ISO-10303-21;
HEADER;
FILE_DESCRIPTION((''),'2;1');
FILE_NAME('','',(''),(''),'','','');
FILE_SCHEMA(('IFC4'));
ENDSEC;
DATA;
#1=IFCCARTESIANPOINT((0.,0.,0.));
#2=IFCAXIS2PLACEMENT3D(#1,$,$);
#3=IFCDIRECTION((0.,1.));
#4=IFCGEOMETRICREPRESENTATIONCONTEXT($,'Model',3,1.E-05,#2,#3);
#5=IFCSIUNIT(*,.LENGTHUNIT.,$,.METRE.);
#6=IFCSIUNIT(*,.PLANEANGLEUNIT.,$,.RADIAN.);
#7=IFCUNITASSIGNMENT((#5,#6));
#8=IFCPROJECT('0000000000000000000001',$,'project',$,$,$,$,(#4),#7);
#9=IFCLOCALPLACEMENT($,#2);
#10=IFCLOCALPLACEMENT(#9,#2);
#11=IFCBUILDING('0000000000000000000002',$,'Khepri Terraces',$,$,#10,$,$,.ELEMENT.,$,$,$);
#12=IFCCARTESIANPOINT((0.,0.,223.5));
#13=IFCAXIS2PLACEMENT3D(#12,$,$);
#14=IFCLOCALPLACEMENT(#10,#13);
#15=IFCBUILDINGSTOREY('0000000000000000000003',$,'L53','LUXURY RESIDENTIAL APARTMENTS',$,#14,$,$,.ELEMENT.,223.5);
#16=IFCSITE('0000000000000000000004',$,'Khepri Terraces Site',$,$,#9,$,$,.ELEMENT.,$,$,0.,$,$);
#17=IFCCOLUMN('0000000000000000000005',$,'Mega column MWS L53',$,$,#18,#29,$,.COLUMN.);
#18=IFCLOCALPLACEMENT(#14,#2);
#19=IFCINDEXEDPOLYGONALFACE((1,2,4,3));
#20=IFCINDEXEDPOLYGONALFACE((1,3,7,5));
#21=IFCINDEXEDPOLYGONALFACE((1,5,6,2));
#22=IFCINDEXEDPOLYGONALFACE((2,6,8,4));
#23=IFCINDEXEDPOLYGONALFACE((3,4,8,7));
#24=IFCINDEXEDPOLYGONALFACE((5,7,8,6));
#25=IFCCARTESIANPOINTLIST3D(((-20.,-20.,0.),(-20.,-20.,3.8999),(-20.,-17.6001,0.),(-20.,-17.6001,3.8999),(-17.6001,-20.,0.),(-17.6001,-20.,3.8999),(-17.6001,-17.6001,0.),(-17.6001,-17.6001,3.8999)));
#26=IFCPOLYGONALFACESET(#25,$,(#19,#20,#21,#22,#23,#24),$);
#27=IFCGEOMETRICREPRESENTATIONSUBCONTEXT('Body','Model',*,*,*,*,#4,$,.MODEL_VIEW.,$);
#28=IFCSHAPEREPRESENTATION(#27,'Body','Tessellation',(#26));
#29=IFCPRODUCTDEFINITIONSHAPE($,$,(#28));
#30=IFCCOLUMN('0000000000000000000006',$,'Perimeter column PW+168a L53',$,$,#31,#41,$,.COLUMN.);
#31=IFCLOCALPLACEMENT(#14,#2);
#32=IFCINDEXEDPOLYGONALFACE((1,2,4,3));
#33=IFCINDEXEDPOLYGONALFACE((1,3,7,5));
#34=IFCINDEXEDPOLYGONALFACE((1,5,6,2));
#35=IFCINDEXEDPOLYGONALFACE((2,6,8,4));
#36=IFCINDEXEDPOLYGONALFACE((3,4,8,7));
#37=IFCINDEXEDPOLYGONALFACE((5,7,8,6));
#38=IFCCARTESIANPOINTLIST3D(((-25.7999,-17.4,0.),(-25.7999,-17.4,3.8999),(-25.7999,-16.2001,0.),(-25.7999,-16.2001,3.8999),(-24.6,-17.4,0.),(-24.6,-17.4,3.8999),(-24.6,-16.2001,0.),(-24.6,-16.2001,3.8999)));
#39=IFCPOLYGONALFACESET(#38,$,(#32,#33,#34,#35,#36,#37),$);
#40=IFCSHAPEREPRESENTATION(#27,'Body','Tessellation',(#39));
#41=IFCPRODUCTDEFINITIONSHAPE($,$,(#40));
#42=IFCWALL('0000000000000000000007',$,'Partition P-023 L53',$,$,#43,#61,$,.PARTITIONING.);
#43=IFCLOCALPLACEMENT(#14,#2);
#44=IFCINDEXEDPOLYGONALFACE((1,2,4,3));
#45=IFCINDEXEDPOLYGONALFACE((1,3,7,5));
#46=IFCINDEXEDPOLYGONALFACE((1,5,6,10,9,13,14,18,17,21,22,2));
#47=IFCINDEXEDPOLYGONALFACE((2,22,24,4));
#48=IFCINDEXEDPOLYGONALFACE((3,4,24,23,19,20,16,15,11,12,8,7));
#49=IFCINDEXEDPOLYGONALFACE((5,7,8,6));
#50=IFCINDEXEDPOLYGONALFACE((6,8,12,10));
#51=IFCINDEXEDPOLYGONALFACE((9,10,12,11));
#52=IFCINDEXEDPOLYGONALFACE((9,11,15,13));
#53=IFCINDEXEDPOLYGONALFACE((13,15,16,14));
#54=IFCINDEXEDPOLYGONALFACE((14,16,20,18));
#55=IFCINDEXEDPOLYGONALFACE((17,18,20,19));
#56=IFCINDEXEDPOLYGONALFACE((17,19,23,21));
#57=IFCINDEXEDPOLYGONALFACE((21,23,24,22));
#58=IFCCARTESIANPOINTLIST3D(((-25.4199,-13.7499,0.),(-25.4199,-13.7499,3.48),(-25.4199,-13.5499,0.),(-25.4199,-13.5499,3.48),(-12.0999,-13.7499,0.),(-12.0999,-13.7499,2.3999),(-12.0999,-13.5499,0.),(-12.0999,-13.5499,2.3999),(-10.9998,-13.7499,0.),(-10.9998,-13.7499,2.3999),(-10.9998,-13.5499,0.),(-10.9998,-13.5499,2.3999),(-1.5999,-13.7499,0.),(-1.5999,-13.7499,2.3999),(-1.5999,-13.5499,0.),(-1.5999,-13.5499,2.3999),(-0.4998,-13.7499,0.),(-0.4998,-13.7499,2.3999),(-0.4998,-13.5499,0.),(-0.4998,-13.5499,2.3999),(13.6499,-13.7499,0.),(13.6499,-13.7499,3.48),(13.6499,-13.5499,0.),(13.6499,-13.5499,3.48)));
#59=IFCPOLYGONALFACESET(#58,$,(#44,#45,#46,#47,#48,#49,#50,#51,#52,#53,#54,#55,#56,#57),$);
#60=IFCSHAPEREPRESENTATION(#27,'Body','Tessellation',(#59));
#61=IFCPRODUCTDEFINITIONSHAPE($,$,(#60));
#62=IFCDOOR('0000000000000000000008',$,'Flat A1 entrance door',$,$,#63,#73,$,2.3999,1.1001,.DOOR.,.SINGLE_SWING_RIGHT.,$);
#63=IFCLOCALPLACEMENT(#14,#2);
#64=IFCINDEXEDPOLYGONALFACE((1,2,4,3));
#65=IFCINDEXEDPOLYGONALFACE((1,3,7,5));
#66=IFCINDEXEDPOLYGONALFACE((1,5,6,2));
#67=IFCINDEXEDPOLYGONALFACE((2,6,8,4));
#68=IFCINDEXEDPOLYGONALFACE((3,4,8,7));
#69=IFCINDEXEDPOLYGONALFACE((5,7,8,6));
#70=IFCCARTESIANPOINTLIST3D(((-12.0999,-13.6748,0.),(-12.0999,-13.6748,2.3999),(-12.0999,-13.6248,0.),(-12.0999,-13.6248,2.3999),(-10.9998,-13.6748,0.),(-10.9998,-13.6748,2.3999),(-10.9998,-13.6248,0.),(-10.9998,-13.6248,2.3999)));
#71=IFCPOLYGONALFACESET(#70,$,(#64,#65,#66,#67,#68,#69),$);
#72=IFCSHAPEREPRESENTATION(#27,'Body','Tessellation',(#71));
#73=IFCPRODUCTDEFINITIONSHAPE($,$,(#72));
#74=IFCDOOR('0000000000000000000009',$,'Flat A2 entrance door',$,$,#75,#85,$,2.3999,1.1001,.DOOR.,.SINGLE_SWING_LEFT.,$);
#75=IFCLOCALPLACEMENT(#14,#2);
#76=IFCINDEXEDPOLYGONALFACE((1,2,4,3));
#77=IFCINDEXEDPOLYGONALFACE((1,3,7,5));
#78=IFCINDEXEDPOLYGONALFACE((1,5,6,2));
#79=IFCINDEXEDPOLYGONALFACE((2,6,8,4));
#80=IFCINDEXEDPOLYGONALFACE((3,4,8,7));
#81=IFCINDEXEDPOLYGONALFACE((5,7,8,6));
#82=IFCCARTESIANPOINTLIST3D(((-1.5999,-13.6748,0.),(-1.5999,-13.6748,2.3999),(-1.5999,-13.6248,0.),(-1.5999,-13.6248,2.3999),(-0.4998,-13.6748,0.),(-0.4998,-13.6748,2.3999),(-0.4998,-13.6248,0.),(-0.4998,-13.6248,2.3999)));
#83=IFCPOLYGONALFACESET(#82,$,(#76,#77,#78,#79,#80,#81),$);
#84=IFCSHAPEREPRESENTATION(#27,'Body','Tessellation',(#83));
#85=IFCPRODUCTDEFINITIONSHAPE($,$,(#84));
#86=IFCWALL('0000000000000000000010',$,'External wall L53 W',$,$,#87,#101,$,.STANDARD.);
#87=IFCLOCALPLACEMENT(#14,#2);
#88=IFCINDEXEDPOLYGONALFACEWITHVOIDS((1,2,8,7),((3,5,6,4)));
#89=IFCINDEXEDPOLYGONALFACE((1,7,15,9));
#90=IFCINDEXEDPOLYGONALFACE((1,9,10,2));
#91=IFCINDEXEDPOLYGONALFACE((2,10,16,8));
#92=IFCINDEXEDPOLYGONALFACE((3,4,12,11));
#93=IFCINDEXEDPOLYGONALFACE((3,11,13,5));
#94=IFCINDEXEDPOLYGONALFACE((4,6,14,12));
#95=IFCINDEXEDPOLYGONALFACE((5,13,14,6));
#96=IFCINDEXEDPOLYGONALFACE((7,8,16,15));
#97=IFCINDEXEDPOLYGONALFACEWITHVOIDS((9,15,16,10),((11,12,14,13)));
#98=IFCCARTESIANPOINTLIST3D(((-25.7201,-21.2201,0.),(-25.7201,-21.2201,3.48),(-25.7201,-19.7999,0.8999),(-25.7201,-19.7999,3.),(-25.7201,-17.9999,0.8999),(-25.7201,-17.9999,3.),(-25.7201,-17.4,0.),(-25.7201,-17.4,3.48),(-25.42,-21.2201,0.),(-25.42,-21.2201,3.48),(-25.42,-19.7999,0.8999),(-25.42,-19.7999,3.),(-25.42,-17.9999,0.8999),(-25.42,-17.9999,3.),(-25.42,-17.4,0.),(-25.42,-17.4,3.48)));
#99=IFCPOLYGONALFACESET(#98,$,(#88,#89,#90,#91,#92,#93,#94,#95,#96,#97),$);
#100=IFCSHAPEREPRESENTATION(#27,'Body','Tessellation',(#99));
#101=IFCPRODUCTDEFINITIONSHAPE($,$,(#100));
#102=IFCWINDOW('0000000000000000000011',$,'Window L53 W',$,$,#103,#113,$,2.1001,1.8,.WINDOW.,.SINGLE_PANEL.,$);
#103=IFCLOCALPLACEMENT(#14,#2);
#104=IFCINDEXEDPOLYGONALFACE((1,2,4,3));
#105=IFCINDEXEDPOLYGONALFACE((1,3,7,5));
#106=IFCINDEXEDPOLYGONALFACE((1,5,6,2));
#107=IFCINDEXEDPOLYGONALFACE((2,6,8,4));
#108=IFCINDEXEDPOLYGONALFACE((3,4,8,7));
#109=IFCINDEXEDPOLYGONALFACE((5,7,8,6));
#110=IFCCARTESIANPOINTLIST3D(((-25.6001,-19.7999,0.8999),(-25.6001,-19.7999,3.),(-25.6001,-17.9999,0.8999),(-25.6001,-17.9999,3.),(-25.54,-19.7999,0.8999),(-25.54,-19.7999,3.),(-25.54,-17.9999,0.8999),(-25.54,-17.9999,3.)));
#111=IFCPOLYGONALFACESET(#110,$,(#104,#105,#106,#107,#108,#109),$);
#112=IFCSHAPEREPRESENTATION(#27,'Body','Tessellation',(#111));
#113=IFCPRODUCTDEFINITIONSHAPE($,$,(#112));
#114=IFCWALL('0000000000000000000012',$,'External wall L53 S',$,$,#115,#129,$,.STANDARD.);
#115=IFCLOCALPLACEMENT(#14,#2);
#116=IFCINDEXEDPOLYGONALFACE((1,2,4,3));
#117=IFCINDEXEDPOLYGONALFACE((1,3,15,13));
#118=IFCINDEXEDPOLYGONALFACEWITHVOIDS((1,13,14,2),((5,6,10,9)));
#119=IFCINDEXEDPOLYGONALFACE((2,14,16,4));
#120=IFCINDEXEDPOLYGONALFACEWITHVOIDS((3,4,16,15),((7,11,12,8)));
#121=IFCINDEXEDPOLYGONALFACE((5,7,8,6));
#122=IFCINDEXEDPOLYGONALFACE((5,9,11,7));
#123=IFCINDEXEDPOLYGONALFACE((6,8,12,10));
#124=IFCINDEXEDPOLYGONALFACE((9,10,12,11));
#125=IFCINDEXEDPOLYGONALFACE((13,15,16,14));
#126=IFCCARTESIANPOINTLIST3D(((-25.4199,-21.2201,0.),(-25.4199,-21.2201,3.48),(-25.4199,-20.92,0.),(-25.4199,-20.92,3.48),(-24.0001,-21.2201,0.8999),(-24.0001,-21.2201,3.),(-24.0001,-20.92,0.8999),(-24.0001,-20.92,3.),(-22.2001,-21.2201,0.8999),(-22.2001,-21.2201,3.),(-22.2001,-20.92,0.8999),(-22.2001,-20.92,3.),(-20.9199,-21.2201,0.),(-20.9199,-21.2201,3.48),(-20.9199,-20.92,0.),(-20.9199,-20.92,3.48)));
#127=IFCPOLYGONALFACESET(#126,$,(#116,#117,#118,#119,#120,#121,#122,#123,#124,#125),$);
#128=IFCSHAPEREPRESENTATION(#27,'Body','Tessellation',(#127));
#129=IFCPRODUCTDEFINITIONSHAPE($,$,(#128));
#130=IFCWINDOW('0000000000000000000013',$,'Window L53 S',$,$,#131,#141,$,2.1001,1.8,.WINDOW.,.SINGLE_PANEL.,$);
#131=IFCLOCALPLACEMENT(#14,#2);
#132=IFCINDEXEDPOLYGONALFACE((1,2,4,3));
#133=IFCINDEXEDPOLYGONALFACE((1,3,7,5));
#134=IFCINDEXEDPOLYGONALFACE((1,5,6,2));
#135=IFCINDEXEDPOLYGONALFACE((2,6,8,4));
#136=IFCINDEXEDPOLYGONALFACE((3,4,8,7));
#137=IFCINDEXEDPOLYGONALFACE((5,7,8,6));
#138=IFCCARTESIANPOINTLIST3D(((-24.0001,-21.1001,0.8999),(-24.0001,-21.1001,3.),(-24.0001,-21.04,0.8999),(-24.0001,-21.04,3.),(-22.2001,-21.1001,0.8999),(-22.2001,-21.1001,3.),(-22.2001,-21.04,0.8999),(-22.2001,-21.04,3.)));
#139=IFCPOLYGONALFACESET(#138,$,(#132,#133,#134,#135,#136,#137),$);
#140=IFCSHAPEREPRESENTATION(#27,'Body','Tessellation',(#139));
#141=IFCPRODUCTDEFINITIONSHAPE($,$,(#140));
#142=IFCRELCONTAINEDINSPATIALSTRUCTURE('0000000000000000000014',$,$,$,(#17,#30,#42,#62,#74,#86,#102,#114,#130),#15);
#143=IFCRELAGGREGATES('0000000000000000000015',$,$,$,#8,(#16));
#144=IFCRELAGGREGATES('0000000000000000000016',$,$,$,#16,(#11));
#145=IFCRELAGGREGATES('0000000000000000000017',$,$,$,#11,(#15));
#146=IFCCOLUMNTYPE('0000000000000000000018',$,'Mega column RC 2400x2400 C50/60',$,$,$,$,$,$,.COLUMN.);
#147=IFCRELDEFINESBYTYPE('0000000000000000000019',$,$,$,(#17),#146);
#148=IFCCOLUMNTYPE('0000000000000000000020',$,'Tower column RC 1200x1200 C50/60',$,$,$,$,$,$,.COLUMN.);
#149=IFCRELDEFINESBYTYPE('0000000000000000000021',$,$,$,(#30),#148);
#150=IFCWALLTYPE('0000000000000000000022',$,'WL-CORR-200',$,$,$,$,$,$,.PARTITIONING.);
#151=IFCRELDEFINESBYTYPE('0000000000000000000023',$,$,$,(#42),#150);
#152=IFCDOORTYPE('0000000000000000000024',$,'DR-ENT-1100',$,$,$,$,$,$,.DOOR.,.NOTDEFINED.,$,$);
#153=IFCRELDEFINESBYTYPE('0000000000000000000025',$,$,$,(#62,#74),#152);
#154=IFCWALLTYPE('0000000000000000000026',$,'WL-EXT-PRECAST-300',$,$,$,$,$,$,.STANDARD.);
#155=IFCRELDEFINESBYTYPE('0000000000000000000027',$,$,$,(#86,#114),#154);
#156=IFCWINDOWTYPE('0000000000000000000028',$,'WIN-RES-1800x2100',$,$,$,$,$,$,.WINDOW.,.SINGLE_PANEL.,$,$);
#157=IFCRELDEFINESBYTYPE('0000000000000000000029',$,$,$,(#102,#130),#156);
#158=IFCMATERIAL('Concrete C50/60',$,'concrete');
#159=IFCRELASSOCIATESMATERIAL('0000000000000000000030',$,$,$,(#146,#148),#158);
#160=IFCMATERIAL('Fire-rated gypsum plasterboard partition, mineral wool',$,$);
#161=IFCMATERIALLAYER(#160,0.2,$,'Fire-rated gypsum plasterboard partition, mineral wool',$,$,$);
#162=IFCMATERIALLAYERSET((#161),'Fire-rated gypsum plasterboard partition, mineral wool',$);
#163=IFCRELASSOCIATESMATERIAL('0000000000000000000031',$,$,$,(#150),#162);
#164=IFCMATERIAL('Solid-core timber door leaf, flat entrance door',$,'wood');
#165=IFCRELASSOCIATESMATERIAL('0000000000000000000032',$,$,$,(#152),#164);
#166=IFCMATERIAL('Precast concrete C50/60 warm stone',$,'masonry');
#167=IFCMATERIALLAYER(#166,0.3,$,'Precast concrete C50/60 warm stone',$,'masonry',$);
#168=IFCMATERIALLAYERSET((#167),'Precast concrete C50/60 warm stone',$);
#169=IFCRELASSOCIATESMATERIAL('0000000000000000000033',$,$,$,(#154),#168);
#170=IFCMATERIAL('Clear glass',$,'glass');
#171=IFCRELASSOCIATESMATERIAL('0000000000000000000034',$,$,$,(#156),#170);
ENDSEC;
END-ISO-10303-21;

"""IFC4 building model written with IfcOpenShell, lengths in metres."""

from ifc_helpers import new_model, si_unit, direction, frame, frame_2d, origin, origin_2d, place, context, subcontext, project, spatial, rectangle, extrude, material, layer, layer_set, material_profile, profile_set, type_object, element, fill, save


model = new_model("IFC4")

# Units and contexts
model_context = context("Model", 3, precision=1e-05, world=origin(), true_north=direction((0.0, 1.0)))
body_context = subcontext(model_context, "Body", "Model", "MODEL_VIEW")
ifc_project = project(units=[si_unit("LENGTHUNIT", "METRE"), si_unit("PLANEANGLEUNIT", "RADIAN")], contexts=[model_context])

# Site, building, storey
site_placement = place(None, origin())
site = spatial("IfcSite", under=ifc_project, at=site_placement, Name="Khepri Terraces Site", CompositionType="ELEMENT", RefElevation=0.0)
building_placement = place(site_placement, origin())
building = spatial("IfcBuilding", under=site, at=building_placement, Name="Khepri Terraces", CompositionType="ELEMENT")
storey_placement = place(building_placement, frame((0.0, 0.0, 223.5)))
storey = spatial("IfcBuildingStorey", under=building, at=storey_placement, Name="L53", Description="LUXURY RESIDENTIAL APARTMENTS", CompositionType="ELEMENT", Elevation=223.5)

# Columns
ifc_material_1 = material(Name="Concrete C50/60", Category="concrete")
ifc_material_profile_1 = material_profile(ifc_material_1, rectangle(XDim=2.3999, YDim=2.3999, at=origin_2d()), Name="Concrete C50/60", Category="concrete")
ifc_profile_set_1 = profile_set([ifc_material_profile_1], Name="Concrete C50/60")
column_type_1 = type_object("IfcColumnType", Name="Mega column RC 2400x2400 C50/60", PredefinedType="COLUMN", material=ifc_profile_set_1)
column_1_placement = place(storey_placement, frame((-18.8, -18.8, 0.0), z_axis=(0.0, 0.0, 1.0), x_axis=(1.0, 0.0, 0.0)))
element("IfcColumn", 1, at=column_1_placement, inside=storey, type_object=column_type_1, Name="Mega column MWS L53", PredefinedType="COLUMN", context=body_context, shape_type="SweptSolid", body=[
    extrude(rectangle(XDim=2.3999, YDim=2.3999, at=origin_2d()), origin(), (0.0, 0.0, 1.0), 3.8999),
])
ifc_material_profile_2 = material_profile(ifc_material_1, rectangle(XDim=1.2, YDim=1.2, at=origin_2d()), Name="Concrete C50/60", Category="concrete")
ifc_profile_set_2 = profile_set([ifc_material_profile_2], Name="Concrete C50/60")
column_type_2 = type_object("IfcColumnType", Name="Tower column RC 1200x1200 C50/60", PredefinedType="COLUMN", material=ifc_profile_set_2)
column_2_placement = place(storey_placement, frame((-25.2, -16.8, 0.0), z_axis=(0.0, 0.0, 1.0), x_axis=(1.0, 0.0, 0.0)))
element("IfcColumn", 2, at=column_2_placement, inside=storey, type_object=column_type_2, Name="Perimeter column PW+168a L53", PredefinedType="COLUMN", context=body_context, shape_type="SweptSolid", body=[
    extrude(rectangle(XDim=1.2, YDim=1.2, at=origin_2d()), origin(), (0.0, 0.0, 1.0), 3.8999),
])

# Wall, openings, doors
ifc_material_2 = material(Name="Fire-rated gypsum plasterboard partition, mineral wool")
ifc_layer_1 = layer(ifc_material_2, 0.2, Name="Fire-rated gypsum plasterboard partition, mineral wool")
ifc_layer_set_1 = layer_set([ifc_layer_1], Name="Fire-rated gypsum plasterboard partition, mineral wool")
wall_type_1 = type_object("IfcWallType", Name="WL-CORR-200", PredefinedType="PARTITIONING", material=ifc_layer_set_1)
wall_1_placement = place(storey_placement, frame((-25.4199, -13.6499, 0.0), z_axis=(0.0, 0.0, 1.0), x_axis=(1.0, 0.0, 0.0)))
wall_1 = element("IfcWall", 3, at=wall_1_placement, inside=storey, type_object=wall_type_1, Name="Partition P-023 L53", PredefinedType="PARTITIONING", context=body_context, shape_type="SweptSolid", body=[
    extrude(rectangle(XDim=39.0698, YDim=0.2, at=frame_2d((19.5349, 0.0))), origin(), (0.0, 0.0, 1.0), 3.48),
])
opening_1_placement = place(wall_1_placement, frame((13.3201, 0.0, 0.0)))
opening_1 = element("IfcOpeningElement", 4, at=opening_1_placement, cuts=wall_1, PredefinedType="OPENING", context=body_context, shape_type="SweptSolid", body=[
    extrude(rectangle(XDim=1.1001, YDim=2.3999, at=frame_2d((0.55, 1.2))), frame((0.0, 0.1099, 0.0), z_axis=(0.0, -1.0, 0.0), x_axis=(1.0, 0.0, 0.0)), (0.0, 0.0, 1.0), 0.22),
])
opening_2_placement = place(wall_1_placement, frame((23.8201, 0.0, 0.0)))
opening_2 = element("IfcOpeningElement", 5, at=opening_2_placement, cuts=wall_1, PredefinedType="OPENING", context=body_context, shape_type="SweptSolid", body=[
    extrude(rectangle(XDim=1.1001, YDim=2.3999, at=frame_2d((0.55, 1.2))), frame((0.0, 0.1099, 0.0), z_axis=(0.0, -1.0, 0.0), x_axis=(1.0, 0.0, 0.0)), (0.0, 0.0, 1.0), 0.22),
])
ifc_material_3 = material(Name="Solid-core timber door leaf, flat entrance door", Category="wood")
door_type_1 = type_object("IfcDoorType", Name="DR-ENT-1100", OperationType="NOTDEFINED", PredefinedType="DOOR", material=ifc_material_3)
door_1_placement = place(opening_1_placement, frame((1.1001, 0.0, 0.0), z_axis=(0.0, 0.0, 1.0), x_axis=(-1.0, 0.0, 0.0)))
door_1 = element("IfcDoor", 6, at=door_1_placement, inside=storey, type_object=door_type_1, Name="Flat A1 entrance door", OperationType="SINGLE_SWING_RIGHT", OverallHeight=2.3999, OverallWidth=1.1001, PredefinedType="DOOR", context=body_context, shape_type="SweptSolid", body=[
    extrude(rectangle(XDim=1.1001, YDim=2.3999, at=frame_2d((0.55, 1.2))), frame((0.0, 0.0249, 0.0), z_axis=(0.0, -1.0, 0.0), x_axis=(1.0, 0.0, 0.0)), (0.0, 0.0, 1.0), 0.05),
])
fill(opening_1, door_1)
door_2_placement = place(opening_2_placement, frame((1.1001, 0.0, 0.0), z_axis=(0.0, 0.0, 1.0), x_axis=(-1.0, 0.0, 0.0)))
door_2 = element("IfcDoor", 7, at=door_2_placement, inside=storey, type_object=door_type_1, Name="Flat A2 entrance door", OperationType="SINGLE_SWING_LEFT", OverallHeight=2.3999, OverallWidth=1.1001, PredefinedType="DOOR", context=body_context, shape_type="SweptSolid", body=[
    extrude(rectangle(XDim=1.1001, YDim=2.3999, at=frame_2d((0.55, 1.2))), frame((0.0, 0.0249, 0.0), z_axis=(0.0, -1.0, 0.0), x_axis=(1.0, 0.0, 0.0)), (0.0, 0.0, 1.0), 0.05),
])
fill(opening_2, door_2)

# Walls, openings, windows
ifc_material_4 = material(Name="Precast concrete C50/60 warm stone", Category="masonry")
ifc_layer_2 = layer(ifc_material_4, 0.3, Name="Precast concrete C50/60 warm stone", Category="masonry")
ifc_layer_set_2 = layer_set([ifc_layer_2], Name="Precast concrete C50/60 warm stone")
wall_type_2 = type_object("IfcWallType", Name="WL-EXT-PRECAST-300", PredefinedType="STANDARD", material=ifc_layer_set_2)
wall_2_placement = place(storey_placement, frame((-25.5701, -17.3999, 0.0), z_axis=(0.0, 0.0, 1.0), x_axis=(0.0, -1.0, 0.0)))
wall_2 = element("IfcWall", 8, at=wall_2_placement, inside=storey, type_object=wall_type_2, Name="External wall L53 W", PredefinedType="STANDARD", context=body_context, shape_type="SweptSolid", body=[
    extrude(rectangle(XDim=3.8201, YDim=0.3, at=frame_2d((1.9102, 0.0))), origin(), (0.0, 0.0, 1.0), 3.48),
])
opening_3_placement = place(wall_2_placement, frame((0.6001, 0.0, 0.8999)))
opening_3 = element("IfcOpeningElement", 9, at=opening_3_placement, cuts=wall_2, PredefinedType="OPENING", context=body_context, shape_type="SweptSolid", body=[
    extrude(rectangle(XDim=1.8, YDim=2.1001, at=frame_2d((0.8999, 1.05))), frame((0.0, 0.1602, 0.0), z_axis=(0.0, -1.0, 0.0), x_axis=(1.0, 0.0, 0.0)), (0.0, 0.0, 1.0), 0.3201),
])
ifc_material_5 = material(Name="Clear glass", Category="glass")
window_type = type_object("IfcWindowType", Name="WIN-RES-1800x2100", PartitioningType="SINGLE_PANEL", PredefinedType="WINDOW", material=ifc_material_5)
window_1_placement = place(opening_3_placement, origin())
window_1 = element("IfcWindow", 10, at=window_1_placement, inside=storey, type_object=window_type, Name="Window L53 W", OverallHeight=2.1001, OverallWidth=1.8, PartitioningType="SINGLE_PANEL", PredefinedType="WINDOW", context=body_context, shape_type="SweptSolid", body=[
    extrude(rectangle(XDim=1.8, YDim=2.1001, at=frame_2d((0.8999, 1.05))), frame((0.0, 0.03, 0.0), z_axis=(0.0, -1.0, 0.0), x_axis=(1.0, 0.0, 0.0)), (0.0, 0.0, 1.0), 0.0601),
])
fill(opening_3, window_1)
wall_3_placement = place(storey_placement, frame((-25.4199, -21.0701, 0.0), z_axis=(0.0, 0.0, 1.0), x_axis=(1.0, 0.0, 0.0)))
wall_3 = element("IfcWall", 11, at=wall_3_placement, inside=storey, type_object=wall_type_2, Name="External wall L53 S", PredefinedType="STANDARD", context=body_context, shape_type="SweptSolid", body=[
    extrude(rectangle(XDim=4.5, YDim=0.3, at=frame_2d((2.25, 0.0))), origin(), (0.0, 0.0, 1.0), 3.48),
])
opening_4_placement = place(wall_3_placement, frame((1.4199, 0.0, 0.8999)))
opening_4 = element("IfcOpeningElement", 12, at=opening_4_placement, cuts=wall_3, PredefinedType="OPENING", context=body_context, shape_type="SweptSolid", body=[
    extrude(rectangle(XDim=1.8, YDim=2.1001, at=frame_2d((0.8999, 1.05))), frame((0.0, 0.1602, 0.0), z_axis=(0.0, -1.0, 0.0), x_axis=(1.0, 0.0, 0.0)), (0.0, 0.0, 1.0), 0.3201),
])
window_2_placement = place(opening_4_placement, origin())
window_2 = element("IfcWindow", 13, at=window_2_placement, inside=storey, type_object=window_type, Name="Window L53 S", OverallHeight=2.1001, OverallWidth=1.8, PartitioningType="SINGLE_PANEL", PredefinedType="WINDOW", context=body_context, shape_type="SweptSolid", body=[
    extrude(rectangle(XDim=1.8, YDim=2.1001, at=frame_2d((0.8999, 1.05))), frame((0.0, 0.03, 0.0), z_axis=(0.0, -1.0, 0.0), x_axis=(1.0, 0.0, 0.0)), (0.0, 0.0, 1.0), 0.0601),
])
fill(opening_4, window_2)

save(model, "model.ifc")
